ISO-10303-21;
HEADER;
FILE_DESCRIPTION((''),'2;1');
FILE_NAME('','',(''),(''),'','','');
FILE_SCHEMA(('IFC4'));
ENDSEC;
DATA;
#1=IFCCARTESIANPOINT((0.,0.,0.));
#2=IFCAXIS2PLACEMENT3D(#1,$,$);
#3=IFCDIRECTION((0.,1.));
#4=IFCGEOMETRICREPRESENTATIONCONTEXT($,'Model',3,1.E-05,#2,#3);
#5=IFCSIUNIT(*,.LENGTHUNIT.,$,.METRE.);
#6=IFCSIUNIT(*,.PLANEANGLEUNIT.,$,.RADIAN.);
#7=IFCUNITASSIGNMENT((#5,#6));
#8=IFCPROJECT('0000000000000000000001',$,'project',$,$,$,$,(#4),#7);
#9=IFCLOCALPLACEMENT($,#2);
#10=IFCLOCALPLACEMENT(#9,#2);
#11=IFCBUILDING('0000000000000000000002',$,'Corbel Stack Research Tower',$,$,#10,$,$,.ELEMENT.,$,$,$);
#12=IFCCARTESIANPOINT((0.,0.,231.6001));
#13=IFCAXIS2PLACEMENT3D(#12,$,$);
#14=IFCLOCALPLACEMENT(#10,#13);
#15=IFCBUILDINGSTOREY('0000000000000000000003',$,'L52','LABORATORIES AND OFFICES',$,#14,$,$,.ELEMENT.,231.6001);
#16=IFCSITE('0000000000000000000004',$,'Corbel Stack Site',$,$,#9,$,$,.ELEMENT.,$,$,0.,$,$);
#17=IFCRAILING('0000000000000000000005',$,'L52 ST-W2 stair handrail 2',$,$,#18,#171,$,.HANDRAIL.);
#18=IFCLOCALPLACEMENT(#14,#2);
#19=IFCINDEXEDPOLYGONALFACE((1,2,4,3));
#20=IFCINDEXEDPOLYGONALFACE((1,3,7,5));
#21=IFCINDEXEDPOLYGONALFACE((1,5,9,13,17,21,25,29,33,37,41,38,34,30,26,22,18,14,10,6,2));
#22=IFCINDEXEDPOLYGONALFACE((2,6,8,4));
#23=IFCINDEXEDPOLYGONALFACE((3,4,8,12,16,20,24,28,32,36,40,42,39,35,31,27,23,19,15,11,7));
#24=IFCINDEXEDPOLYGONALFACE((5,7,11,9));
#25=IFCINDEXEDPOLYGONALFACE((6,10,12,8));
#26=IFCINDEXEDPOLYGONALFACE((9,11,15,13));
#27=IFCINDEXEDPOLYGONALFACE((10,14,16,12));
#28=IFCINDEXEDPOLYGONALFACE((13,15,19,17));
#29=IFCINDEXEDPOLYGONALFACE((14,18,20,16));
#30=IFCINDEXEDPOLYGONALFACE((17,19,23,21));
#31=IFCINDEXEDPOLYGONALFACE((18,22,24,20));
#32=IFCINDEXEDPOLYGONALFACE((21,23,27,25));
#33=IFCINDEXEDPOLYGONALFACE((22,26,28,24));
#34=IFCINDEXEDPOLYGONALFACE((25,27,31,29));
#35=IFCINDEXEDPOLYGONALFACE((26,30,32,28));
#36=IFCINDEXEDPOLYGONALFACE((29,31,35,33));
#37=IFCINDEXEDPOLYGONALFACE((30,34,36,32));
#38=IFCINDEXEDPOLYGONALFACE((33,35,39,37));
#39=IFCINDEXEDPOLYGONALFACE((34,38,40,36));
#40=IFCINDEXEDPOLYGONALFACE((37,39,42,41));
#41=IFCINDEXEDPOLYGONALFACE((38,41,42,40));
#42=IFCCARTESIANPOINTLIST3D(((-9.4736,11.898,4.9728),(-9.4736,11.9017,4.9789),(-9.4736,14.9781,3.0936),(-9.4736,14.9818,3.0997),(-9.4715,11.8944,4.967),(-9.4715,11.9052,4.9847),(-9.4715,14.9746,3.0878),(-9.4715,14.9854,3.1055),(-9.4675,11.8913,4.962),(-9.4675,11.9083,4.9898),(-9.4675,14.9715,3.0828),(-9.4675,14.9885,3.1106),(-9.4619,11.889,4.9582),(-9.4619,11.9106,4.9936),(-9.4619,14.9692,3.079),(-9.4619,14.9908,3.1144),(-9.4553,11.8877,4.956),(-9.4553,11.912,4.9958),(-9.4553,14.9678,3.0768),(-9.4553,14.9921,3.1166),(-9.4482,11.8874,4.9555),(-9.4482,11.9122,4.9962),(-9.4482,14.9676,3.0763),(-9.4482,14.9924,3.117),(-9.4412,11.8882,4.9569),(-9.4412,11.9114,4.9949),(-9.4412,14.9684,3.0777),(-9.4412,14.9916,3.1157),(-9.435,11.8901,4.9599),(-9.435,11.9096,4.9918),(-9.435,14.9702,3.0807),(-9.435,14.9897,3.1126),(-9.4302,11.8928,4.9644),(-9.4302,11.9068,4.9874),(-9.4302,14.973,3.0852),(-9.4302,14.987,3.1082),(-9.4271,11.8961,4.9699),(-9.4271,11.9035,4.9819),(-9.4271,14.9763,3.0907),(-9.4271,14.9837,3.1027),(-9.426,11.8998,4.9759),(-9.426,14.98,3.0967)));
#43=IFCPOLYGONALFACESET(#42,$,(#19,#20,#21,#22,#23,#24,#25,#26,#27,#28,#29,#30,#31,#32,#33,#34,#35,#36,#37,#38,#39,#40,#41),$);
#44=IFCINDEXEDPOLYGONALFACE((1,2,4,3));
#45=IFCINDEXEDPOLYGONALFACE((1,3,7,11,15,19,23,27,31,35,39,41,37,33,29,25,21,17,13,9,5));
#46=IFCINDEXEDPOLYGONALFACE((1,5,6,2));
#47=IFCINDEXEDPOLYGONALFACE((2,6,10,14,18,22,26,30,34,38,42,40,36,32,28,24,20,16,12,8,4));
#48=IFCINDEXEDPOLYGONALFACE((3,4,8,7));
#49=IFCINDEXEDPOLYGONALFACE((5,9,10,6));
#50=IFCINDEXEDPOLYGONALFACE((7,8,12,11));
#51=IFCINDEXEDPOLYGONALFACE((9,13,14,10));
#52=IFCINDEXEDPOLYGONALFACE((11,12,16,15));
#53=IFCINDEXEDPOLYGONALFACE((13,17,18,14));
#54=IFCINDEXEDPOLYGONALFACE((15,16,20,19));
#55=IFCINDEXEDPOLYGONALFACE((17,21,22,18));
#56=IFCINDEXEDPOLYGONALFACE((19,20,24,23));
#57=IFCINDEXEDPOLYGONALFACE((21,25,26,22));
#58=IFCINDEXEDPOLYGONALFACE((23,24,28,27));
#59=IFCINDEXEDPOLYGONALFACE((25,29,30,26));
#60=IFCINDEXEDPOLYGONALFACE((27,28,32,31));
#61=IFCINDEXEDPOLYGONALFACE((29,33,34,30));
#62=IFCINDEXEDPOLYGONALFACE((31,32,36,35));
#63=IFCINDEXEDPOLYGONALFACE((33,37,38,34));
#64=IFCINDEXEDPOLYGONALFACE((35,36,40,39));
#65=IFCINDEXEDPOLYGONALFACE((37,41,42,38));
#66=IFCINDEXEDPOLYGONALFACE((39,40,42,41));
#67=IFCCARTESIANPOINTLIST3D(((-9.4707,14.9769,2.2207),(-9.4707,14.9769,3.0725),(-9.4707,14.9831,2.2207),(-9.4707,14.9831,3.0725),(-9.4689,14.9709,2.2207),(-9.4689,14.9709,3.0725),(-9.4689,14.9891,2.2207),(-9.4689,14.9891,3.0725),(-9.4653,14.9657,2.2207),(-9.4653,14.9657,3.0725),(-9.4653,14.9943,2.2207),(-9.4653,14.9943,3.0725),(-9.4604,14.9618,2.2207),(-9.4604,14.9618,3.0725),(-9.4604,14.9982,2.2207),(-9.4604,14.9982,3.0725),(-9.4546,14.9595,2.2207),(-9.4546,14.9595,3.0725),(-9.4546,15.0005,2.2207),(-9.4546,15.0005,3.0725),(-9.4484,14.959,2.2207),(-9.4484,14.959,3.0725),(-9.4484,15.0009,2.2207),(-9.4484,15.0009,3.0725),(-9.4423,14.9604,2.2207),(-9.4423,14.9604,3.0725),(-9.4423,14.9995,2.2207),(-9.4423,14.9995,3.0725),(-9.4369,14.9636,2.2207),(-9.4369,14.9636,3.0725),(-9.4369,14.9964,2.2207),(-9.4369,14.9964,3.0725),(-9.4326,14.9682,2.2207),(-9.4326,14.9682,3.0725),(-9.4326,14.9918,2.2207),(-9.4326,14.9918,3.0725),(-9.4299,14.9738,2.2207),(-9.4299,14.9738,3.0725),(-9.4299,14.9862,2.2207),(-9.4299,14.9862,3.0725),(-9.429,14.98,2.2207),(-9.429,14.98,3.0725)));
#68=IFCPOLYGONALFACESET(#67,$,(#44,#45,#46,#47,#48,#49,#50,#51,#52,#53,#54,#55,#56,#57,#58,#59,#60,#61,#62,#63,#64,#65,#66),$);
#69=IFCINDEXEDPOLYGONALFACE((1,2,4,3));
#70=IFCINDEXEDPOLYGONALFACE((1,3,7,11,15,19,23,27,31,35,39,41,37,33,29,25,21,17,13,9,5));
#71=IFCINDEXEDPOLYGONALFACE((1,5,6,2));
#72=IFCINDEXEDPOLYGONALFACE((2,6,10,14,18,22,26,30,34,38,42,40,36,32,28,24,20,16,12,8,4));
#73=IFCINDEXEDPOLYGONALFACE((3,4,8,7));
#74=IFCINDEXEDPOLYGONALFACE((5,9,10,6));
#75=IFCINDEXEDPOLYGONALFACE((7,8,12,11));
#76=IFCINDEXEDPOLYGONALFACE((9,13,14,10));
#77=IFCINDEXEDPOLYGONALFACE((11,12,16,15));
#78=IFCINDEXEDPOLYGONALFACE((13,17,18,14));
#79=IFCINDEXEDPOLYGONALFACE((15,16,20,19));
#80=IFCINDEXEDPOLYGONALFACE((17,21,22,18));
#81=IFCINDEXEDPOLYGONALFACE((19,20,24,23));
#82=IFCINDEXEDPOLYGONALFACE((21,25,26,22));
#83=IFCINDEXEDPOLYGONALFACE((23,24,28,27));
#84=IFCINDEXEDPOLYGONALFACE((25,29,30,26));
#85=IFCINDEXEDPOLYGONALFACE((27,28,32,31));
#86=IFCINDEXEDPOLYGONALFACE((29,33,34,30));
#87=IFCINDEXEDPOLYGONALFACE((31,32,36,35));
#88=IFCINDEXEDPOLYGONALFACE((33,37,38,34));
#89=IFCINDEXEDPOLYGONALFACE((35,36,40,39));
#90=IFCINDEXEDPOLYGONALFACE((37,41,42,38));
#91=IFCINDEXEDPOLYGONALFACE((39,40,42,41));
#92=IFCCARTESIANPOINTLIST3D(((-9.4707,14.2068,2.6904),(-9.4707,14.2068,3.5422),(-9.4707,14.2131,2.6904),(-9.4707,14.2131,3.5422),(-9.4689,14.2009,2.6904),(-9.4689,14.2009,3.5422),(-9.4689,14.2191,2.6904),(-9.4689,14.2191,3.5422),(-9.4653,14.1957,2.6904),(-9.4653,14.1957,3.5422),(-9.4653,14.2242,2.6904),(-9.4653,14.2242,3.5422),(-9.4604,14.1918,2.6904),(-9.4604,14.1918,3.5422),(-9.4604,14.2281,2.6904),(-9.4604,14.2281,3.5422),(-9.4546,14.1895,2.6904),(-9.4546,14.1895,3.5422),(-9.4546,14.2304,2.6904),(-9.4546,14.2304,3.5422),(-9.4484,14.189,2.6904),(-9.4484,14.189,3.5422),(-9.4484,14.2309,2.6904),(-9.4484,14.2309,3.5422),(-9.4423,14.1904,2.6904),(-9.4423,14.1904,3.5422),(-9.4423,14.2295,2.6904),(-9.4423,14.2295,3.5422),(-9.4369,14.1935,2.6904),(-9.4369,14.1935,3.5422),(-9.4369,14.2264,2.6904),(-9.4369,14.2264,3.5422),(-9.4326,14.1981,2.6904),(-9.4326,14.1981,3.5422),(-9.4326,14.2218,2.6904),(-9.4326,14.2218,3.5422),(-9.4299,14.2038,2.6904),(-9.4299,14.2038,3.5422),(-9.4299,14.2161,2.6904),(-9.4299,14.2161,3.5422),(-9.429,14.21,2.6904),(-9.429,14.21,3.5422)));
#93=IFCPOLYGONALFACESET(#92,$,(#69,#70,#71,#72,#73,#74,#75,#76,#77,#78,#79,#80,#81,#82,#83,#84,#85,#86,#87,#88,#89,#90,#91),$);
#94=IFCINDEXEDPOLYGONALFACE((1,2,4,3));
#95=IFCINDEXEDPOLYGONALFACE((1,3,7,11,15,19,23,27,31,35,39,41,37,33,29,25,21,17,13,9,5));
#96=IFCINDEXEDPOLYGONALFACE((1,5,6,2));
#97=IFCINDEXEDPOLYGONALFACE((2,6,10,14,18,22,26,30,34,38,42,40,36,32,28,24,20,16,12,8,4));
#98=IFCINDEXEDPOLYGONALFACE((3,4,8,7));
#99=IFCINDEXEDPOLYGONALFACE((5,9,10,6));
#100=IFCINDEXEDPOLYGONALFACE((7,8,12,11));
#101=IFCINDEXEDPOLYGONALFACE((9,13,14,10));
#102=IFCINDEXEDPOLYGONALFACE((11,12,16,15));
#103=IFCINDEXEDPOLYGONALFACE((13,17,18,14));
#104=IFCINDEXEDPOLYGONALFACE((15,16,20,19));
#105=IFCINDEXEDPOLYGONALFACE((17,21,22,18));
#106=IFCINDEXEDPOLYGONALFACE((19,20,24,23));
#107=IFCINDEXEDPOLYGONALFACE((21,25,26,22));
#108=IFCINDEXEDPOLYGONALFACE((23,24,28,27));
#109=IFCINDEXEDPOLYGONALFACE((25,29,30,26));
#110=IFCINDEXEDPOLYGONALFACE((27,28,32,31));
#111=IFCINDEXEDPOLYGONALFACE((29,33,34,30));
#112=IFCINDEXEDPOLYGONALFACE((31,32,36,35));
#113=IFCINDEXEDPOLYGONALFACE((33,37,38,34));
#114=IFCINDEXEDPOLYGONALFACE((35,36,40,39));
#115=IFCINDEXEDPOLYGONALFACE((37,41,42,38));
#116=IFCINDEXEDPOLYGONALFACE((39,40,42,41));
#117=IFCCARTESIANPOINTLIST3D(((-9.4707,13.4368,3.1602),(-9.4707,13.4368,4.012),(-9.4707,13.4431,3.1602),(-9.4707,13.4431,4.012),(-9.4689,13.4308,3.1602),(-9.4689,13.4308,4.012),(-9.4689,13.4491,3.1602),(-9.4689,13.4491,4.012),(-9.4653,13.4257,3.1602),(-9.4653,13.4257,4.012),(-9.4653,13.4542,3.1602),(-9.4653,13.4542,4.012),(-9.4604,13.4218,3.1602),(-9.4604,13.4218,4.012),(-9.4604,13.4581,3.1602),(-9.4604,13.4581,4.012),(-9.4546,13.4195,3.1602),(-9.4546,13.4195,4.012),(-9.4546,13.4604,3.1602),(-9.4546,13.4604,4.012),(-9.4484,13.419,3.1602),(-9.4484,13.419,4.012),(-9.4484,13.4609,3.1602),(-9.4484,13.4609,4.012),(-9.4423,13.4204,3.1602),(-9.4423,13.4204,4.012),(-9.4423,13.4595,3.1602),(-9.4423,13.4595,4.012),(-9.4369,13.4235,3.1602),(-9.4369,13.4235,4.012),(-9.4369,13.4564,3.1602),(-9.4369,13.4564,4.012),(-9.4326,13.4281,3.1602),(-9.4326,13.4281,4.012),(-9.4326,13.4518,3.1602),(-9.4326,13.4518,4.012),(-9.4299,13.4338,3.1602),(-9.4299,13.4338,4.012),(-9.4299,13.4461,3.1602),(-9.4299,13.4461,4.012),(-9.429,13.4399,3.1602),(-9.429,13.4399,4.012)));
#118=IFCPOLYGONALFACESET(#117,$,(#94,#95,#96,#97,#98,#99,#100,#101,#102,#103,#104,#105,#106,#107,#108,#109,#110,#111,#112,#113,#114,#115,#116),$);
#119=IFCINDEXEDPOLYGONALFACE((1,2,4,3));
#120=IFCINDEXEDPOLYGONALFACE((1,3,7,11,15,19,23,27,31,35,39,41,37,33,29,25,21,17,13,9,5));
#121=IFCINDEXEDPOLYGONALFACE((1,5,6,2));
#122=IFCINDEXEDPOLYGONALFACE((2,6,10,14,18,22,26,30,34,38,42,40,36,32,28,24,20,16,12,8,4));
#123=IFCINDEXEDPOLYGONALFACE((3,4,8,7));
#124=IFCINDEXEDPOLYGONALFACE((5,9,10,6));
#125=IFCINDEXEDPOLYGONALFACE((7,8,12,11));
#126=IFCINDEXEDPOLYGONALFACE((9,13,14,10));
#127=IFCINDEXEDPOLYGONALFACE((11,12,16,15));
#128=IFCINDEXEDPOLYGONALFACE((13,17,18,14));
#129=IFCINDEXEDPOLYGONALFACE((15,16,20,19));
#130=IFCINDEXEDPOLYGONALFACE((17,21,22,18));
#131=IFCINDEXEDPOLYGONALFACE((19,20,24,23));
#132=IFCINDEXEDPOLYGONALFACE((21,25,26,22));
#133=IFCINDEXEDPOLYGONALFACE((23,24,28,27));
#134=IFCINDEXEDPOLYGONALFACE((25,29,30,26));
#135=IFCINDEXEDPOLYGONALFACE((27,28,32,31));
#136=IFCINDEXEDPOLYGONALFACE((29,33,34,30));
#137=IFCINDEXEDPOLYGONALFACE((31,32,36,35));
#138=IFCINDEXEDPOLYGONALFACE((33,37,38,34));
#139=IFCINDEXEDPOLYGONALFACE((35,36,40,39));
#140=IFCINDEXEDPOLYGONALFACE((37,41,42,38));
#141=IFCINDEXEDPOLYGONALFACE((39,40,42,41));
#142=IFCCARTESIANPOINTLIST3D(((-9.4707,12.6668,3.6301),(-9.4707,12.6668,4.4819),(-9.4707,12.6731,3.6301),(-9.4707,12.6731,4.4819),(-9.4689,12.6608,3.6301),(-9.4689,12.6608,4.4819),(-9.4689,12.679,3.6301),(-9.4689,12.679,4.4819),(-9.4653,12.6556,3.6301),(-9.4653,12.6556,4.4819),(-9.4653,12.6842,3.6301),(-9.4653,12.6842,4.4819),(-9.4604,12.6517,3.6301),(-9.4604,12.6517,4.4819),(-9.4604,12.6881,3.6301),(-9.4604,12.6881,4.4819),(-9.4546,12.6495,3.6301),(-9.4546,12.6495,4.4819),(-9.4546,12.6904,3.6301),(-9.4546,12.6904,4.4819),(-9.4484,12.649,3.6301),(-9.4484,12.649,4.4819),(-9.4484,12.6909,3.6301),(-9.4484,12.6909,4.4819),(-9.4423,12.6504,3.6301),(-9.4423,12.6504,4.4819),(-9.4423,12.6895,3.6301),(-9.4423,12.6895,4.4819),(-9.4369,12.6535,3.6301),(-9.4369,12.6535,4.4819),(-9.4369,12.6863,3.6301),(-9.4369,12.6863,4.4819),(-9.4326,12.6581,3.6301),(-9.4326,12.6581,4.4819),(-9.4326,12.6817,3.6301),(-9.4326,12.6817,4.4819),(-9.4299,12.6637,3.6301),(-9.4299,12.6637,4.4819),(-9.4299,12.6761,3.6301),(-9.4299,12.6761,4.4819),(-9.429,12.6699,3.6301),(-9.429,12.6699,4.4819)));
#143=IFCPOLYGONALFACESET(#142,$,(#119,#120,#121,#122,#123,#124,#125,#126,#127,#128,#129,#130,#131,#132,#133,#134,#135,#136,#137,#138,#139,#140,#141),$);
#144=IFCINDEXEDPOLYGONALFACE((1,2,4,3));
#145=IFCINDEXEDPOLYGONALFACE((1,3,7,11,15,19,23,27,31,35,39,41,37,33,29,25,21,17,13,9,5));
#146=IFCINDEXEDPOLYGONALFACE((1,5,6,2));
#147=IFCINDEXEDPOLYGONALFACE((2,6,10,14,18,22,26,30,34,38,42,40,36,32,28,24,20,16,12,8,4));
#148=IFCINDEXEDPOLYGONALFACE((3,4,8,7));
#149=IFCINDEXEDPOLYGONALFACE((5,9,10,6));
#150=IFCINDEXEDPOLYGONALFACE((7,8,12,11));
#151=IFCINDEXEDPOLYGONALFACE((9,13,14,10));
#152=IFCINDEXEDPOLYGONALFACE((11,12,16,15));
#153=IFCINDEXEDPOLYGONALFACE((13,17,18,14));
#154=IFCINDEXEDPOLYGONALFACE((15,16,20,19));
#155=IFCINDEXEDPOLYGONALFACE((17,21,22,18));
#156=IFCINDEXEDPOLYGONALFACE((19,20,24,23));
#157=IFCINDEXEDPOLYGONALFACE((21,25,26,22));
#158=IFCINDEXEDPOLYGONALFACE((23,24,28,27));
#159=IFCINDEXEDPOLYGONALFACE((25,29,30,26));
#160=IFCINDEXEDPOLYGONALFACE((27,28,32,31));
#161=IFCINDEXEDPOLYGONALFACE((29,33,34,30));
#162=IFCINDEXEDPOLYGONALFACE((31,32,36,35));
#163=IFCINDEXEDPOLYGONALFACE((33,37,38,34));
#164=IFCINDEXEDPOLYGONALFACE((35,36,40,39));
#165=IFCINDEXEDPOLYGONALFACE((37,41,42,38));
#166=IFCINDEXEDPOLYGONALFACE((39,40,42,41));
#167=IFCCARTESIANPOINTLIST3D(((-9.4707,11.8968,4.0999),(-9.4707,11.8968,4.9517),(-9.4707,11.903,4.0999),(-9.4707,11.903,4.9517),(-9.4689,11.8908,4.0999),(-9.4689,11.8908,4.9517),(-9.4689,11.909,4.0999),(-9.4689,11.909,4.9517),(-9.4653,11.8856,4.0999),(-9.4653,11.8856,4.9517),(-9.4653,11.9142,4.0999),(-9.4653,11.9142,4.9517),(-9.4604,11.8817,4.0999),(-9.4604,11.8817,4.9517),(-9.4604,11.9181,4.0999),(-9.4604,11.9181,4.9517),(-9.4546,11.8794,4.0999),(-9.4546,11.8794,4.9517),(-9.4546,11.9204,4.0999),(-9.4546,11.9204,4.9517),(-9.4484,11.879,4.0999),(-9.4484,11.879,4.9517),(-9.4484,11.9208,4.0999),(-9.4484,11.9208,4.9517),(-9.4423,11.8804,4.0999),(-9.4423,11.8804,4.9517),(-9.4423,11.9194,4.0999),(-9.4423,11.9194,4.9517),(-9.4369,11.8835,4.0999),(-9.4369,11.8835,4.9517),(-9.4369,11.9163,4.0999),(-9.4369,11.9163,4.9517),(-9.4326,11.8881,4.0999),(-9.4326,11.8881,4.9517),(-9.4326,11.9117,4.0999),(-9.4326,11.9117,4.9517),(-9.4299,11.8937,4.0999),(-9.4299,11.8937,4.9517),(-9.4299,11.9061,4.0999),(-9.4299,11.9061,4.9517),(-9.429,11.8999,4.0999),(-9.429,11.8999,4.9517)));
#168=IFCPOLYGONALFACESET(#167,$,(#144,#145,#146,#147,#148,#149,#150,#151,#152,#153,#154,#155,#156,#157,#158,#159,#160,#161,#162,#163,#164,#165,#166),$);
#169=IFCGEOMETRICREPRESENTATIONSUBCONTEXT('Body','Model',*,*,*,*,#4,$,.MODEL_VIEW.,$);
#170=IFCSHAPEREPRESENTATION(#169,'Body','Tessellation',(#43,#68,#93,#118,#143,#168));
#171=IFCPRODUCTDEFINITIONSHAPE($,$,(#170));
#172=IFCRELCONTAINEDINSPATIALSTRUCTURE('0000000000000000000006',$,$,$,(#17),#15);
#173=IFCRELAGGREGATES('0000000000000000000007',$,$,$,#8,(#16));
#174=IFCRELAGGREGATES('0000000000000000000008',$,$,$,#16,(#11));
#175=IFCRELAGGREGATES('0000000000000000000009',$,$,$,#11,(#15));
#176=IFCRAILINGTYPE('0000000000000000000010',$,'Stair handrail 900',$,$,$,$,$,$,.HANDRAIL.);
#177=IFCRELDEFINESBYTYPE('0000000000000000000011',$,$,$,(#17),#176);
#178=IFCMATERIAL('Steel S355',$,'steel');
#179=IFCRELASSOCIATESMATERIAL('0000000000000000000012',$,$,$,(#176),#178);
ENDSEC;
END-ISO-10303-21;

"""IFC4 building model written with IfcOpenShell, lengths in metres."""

from ifc_helpers import new_model, si_unit, direction, frame, origin, origin_2d, place, context, subcontext, project, spatial, circle, extrude, material, type_object, element, save


model = new_model("IFC4")

# Units and contexts
model_context = context("Model", 3, precision=1e-05, world=origin(), true_north=direction((0.0, 1.0)))
body_context = subcontext(model_context, "Body", "Model", "MODEL_VIEW")
ifc_project = project(units=[si_unit("LENGTHUNIT", "METRE"), si_unit("PLANEANGLEUNIT", "RADIAN")], contexts=[model_context])

# Site, building, storey
site_placement = place(None, origin())
site = spatial("IfcSite", under=ifc_project, at=site_placement, Name="Corbel Stack Site", CompositionType="ELEMENT", RefElevation=0.0)
building_placement = place(site_placement, origin())
building = spatial("IfcBuilding", under=site, at=building_placement, Name="Corbel Stack Research Tower", CompositionType="ELEMENT")
storey_placement = place(building_placement, frame((0.0, 0.0, 231.6001)))
storey = spatial("IfcBuildingStorey", under=building, at=storey_placement, Name="L52", Description="LABORATORIES AND OFFICES", CompositionType="ELEMENT", Elevation=231.6001)

# Railing
ifc_material_1 = material(Name="Steel S355", Category="steel")
railing_type_1 = type_object("IfcRailingType", Name="Stair handrail 900", PredefinedType="HANDRAIL", material=ifc_material_1)
railing_1_placement = place(storey_placement, frame((-9.45, 14.98, 2.2207)))
element("IfcRailing", 1, at=railing_1_placement, inside=storey, type_object=railing_type_1, Name="L52 ST-W2 stair handrail 2", PredefinedType="HANDRAIL", context=body_context, shape_type="SweptSolid", body=[
    extrude(circle(Radius=0.0239, at=origin_2d()), frame((0.0, 0.0, 0.876), z_axis=(0.0, -0.853666, 0.52082), x_axis=(1.0, 0.0, 0.0)), (0.0, 0.0, 1.0), 3.6082),
    extrude(circle(Radius=0.021, at=origin_2d()), origin(), (0.0, 0.0, 1.0), 0.8518),
    extrude(circle(Radius=0.021, at=origin_2d()), frame((0.0, -0.77, 0.4697)), (0.0, 0.0, 1.0), 0.8518),
    extrude(circle(Radius=0.021, at=origin_2d()), frame((0.0, -1.54, 0.9395)), (0.0, 0.0, 1.0), 0.8518),
    extrude(circle(Radius=0.021, at=origin_2d()), frame((0.0, -2.3101, 1.4094)), (0.0, 0.0, 1.0), 0.8518),
    extrude(circle(Radius=0.021, at=origin_2d()), frame((0.0, -3.0801, 1.8792)), (0.0, 0.0, 1.0), 0.8518),
])

save(model, "model.ifc")
